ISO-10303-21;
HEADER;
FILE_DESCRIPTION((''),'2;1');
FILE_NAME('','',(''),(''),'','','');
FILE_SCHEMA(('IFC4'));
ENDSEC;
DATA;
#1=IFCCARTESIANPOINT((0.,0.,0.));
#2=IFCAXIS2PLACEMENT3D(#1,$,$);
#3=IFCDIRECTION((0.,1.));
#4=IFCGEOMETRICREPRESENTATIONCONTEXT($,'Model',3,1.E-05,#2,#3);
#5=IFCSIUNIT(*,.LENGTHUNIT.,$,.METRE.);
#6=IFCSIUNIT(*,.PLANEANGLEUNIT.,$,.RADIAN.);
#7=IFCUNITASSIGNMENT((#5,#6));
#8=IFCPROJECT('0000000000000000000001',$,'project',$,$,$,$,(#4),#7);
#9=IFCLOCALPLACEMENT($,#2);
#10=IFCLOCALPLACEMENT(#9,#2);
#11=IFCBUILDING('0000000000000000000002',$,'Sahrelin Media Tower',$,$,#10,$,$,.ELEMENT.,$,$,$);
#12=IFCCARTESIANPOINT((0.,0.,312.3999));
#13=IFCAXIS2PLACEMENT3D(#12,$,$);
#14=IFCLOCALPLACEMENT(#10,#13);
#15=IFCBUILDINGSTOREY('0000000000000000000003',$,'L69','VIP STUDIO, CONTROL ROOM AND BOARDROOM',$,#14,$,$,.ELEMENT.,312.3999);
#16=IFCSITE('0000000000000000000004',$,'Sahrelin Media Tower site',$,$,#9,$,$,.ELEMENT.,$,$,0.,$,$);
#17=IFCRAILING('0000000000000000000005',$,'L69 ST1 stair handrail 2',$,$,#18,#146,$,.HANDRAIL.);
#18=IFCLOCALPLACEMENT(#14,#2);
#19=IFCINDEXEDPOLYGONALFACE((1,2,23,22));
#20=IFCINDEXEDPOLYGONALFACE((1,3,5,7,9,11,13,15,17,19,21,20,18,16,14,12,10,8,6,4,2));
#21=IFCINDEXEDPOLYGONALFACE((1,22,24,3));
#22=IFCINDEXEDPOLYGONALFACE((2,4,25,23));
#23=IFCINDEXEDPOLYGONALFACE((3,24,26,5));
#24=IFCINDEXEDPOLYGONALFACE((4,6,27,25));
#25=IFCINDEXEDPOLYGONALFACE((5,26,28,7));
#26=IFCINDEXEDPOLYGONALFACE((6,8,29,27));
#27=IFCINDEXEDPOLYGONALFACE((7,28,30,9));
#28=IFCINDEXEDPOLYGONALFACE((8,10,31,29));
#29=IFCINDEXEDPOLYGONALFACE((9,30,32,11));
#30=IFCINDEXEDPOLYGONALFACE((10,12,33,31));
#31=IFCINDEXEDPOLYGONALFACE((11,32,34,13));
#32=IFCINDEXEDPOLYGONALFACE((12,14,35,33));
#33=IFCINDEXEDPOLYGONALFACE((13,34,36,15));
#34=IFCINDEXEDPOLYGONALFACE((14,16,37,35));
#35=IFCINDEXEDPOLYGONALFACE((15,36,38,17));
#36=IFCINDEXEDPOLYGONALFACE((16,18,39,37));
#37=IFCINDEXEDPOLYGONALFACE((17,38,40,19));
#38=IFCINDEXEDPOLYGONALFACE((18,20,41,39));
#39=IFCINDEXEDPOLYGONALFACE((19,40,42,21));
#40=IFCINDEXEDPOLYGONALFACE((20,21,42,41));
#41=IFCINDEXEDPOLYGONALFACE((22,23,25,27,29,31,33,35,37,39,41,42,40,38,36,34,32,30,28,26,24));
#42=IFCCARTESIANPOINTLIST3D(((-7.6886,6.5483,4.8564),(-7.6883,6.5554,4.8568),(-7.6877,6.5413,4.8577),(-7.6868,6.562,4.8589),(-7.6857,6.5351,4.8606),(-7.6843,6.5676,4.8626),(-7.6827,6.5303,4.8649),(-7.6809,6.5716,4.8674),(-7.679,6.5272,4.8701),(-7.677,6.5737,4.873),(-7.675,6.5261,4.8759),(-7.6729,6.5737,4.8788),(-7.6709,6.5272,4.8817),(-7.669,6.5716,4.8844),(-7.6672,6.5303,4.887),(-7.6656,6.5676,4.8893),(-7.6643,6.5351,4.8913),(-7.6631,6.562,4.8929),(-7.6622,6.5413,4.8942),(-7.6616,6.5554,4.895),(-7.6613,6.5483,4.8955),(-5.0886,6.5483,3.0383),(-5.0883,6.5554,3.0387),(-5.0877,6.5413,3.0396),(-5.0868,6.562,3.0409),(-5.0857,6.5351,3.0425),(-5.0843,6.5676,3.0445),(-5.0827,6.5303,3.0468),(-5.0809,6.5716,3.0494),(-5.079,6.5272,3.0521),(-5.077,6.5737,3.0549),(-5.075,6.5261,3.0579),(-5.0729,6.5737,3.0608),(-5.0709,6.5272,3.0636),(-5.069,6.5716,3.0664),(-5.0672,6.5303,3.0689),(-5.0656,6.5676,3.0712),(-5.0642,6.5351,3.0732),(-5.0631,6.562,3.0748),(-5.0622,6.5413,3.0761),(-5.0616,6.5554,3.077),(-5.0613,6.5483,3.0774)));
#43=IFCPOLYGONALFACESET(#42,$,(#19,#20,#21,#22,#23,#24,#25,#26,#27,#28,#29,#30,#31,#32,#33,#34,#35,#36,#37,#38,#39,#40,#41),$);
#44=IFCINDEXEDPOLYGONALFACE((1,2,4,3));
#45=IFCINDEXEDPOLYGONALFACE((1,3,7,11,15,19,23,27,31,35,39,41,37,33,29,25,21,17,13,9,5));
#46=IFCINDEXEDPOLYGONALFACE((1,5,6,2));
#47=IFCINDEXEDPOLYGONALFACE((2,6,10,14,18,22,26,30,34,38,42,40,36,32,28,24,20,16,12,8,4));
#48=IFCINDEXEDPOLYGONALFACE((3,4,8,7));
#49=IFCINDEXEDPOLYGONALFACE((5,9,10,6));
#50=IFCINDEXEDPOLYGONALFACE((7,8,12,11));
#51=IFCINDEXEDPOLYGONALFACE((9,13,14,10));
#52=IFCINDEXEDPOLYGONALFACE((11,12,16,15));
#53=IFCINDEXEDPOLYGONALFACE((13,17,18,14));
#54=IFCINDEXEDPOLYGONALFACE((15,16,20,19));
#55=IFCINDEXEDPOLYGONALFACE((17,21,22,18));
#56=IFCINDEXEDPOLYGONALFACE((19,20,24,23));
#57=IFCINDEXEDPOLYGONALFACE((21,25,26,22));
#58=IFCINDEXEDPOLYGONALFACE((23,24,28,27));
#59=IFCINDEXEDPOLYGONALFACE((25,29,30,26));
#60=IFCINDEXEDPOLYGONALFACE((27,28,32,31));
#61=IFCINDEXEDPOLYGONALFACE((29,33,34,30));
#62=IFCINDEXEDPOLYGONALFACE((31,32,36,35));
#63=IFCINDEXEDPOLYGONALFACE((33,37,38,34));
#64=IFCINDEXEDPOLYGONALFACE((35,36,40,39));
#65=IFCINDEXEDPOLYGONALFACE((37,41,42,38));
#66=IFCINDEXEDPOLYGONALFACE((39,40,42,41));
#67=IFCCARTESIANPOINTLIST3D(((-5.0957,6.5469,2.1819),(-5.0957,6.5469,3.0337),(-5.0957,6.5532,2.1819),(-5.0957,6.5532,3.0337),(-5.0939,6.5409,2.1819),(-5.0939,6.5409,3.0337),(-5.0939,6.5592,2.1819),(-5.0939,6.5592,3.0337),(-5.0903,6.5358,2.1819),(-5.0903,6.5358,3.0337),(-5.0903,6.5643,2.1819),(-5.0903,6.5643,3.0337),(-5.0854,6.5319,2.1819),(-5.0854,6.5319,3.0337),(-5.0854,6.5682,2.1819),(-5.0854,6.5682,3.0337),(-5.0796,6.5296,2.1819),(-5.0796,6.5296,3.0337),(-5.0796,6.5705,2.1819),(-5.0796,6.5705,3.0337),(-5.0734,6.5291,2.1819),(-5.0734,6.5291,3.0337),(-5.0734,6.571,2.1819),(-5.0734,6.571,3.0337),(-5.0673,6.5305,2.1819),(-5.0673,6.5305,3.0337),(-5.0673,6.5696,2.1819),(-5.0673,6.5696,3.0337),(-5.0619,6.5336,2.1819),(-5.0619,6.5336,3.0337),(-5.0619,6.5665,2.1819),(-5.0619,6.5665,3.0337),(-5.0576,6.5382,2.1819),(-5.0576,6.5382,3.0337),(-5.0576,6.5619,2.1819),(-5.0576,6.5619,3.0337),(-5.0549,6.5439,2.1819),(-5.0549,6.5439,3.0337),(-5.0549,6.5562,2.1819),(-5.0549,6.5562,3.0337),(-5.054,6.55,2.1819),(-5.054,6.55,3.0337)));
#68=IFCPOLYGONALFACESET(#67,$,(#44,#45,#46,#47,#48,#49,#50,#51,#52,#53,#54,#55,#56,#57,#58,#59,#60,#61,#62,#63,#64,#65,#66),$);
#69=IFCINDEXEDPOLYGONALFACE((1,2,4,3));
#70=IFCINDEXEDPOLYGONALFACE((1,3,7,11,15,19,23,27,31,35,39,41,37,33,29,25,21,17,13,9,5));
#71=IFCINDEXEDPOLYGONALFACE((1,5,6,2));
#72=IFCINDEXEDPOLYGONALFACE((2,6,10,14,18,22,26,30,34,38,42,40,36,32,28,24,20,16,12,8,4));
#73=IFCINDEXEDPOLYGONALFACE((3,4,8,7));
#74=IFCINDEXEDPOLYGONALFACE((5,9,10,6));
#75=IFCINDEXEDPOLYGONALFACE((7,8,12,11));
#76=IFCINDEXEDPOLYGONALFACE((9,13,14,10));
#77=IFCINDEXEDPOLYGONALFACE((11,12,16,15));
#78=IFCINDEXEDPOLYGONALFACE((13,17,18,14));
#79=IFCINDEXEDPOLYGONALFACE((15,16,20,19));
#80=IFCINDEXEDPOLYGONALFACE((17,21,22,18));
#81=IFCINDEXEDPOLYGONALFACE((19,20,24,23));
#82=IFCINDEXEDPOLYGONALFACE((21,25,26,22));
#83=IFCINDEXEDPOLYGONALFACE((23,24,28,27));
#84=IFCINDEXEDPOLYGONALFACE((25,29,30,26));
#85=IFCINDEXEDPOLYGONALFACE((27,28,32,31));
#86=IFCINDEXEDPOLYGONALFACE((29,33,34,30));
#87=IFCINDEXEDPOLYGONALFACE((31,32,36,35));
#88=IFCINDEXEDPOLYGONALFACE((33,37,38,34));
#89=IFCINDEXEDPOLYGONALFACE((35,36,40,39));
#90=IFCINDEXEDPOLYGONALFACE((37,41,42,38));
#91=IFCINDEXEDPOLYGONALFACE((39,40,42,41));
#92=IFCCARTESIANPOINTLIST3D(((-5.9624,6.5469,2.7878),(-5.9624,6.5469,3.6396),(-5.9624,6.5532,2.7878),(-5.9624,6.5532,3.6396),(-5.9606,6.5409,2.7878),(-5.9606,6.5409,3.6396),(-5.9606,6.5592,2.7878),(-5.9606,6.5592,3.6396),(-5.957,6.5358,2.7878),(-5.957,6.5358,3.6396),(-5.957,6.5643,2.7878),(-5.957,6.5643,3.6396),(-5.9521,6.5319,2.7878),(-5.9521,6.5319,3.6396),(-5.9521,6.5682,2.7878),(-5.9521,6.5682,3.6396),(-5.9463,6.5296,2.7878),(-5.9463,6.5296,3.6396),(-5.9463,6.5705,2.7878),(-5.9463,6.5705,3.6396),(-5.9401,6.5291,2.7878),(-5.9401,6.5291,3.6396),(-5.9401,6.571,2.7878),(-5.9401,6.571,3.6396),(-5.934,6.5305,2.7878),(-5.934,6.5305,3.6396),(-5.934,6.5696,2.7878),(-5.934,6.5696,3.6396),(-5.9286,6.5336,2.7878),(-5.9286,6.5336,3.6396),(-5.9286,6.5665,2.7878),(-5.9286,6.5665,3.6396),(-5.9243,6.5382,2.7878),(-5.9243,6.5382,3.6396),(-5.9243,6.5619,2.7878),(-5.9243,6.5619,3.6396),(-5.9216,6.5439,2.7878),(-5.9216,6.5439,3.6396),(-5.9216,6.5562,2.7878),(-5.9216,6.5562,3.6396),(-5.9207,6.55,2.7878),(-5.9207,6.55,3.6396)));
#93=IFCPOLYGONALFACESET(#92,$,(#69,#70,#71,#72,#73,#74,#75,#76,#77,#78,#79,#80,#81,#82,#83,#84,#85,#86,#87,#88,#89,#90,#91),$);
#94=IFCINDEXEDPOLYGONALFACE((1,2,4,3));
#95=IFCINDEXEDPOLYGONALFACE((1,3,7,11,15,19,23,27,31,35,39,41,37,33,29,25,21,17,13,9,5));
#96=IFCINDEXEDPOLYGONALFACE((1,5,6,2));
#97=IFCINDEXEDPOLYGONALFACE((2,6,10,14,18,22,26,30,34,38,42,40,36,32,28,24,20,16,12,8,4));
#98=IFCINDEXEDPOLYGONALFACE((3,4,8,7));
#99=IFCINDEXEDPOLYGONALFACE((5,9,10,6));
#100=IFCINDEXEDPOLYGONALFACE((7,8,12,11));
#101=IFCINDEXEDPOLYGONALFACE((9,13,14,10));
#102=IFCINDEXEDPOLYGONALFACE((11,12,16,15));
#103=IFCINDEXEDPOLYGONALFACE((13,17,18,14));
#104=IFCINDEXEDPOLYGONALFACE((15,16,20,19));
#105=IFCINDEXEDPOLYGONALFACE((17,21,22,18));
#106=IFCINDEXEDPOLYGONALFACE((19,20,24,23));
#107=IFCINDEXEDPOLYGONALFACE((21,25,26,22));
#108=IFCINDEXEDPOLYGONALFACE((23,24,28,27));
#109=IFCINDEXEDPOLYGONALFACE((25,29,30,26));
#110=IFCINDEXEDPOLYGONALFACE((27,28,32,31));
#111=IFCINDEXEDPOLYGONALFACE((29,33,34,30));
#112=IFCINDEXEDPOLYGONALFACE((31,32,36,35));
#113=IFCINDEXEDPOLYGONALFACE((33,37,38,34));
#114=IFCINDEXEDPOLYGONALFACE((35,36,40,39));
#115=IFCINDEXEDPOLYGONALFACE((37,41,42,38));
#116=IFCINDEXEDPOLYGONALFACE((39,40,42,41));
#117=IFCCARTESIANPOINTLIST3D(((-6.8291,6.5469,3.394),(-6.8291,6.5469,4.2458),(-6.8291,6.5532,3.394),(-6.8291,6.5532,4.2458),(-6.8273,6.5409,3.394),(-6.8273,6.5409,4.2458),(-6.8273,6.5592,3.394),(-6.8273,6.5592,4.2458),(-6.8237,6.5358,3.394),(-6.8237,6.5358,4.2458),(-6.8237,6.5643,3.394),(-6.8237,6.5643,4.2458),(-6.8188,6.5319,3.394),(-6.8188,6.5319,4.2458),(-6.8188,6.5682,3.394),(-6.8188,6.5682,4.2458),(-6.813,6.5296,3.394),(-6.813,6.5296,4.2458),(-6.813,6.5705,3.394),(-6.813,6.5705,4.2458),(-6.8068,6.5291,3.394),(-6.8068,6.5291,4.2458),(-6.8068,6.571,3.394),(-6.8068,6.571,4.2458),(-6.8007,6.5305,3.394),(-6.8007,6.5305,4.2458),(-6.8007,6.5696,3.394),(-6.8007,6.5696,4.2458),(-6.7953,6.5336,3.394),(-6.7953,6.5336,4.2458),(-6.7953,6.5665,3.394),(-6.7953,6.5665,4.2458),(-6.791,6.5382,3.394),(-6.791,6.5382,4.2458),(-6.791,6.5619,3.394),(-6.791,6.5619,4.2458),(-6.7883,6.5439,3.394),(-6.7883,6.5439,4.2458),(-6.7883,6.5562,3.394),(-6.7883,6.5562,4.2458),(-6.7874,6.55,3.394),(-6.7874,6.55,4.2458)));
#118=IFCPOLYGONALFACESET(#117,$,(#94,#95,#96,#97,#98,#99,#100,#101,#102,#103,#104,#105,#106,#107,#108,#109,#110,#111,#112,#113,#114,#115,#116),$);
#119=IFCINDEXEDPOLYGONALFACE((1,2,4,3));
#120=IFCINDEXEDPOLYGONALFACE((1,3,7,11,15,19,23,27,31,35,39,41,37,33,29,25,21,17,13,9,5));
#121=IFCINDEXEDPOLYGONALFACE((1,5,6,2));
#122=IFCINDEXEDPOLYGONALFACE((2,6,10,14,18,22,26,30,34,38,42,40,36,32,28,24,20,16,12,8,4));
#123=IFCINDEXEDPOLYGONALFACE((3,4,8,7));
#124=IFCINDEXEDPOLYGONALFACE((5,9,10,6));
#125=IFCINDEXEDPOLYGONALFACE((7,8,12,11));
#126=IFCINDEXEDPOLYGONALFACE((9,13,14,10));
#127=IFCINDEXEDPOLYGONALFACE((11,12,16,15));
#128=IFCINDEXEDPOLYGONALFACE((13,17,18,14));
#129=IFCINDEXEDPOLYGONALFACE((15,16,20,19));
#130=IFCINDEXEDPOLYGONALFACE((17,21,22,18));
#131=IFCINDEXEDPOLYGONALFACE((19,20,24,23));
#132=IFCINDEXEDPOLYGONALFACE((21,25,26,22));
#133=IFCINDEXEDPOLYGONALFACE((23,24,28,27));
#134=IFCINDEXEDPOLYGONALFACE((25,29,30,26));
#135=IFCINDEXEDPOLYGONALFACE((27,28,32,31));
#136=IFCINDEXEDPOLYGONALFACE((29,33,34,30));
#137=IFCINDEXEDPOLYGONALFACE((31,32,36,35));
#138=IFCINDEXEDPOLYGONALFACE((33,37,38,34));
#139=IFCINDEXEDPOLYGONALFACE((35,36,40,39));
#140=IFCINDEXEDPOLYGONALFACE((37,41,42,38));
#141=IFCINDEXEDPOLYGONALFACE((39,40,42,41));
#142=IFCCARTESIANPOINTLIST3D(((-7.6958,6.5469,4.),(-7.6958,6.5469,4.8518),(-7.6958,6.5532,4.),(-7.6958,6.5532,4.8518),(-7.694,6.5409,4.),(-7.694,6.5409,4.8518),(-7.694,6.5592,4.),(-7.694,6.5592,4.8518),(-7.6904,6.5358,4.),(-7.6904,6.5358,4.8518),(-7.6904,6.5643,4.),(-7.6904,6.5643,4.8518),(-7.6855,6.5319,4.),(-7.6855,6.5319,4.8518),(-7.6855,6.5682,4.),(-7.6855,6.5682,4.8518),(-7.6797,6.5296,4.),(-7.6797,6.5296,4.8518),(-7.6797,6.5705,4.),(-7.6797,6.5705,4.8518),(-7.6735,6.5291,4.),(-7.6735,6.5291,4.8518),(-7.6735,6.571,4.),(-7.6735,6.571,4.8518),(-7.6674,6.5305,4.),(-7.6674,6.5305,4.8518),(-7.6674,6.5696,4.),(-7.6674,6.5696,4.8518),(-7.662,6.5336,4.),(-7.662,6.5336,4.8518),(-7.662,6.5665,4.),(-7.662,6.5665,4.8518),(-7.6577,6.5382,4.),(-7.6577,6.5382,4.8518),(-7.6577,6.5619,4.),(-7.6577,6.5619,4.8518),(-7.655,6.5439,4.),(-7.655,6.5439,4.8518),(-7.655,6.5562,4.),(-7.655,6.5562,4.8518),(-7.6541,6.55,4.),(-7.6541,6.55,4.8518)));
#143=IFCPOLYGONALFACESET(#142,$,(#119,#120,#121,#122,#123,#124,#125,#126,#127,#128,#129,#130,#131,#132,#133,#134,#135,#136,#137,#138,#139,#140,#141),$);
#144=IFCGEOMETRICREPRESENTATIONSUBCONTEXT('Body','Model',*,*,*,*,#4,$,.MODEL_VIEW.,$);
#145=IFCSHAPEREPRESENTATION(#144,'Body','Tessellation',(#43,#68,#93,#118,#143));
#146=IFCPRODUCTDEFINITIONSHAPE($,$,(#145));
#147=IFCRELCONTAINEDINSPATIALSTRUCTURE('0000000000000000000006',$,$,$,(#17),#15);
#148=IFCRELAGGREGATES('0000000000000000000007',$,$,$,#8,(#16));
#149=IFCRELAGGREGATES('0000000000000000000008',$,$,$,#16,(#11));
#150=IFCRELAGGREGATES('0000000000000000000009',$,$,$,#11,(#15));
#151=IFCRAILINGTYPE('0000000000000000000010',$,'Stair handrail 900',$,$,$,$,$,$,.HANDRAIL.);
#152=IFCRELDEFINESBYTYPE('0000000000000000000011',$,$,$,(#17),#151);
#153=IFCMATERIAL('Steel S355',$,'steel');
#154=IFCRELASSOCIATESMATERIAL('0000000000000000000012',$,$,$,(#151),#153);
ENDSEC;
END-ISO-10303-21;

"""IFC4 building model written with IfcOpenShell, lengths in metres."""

from ifc_helpers import new_model, si_unit, direction, frame, origin, origin_2d, place, context, subcontext, project, spatial, circle, extrude, material, type_object, element, save


model = new_model("IFC4")

# Units and contexts
model_context = context("Model", 3, precision=1e-05, world=origin(), true_north=direction((0.0, 1.0)))
body_context = subcontext(model_context, "Body", "Model", "MODEL_VIEW")
ifc_project = project(units=[si_unit("LENGTHUNIT", "METRE"), si_unit("PLANEANGLEUNIT", "RADIAN")], contexts=[model_context])

# Site, building, storey
site_placement = place(None, origin())
site = spatial("IfcSite", under=ifc_project, at=site_placement, Name="Sahrelin Media Tower site", CompositionType="ELEMENT", RefElevation=0.0)
building_placement = place(site_placement, origin())
building = spatial("IfcBuilding", under=site, at=building_placement, Name="Sahrelin Media Tower", CompositionType="ELEMENT")
storey_placement = place(building_placement, frame((0.0, 0.0, 312.3999)))
storey = spatial("IfcBuildingStorey", under=building, at=storey_placement, Name="L69", Description="VIP STUDIO, CONTROL ROOM AND BOARDROOM", CompositionType="ELEMENT", Elevation=312.3999)

# Shared definitions
ifc_material_1 = material(Name="Steel S355", Category="steel")

# Railing
railing_type_1 = type_object("IfcRailingType", Name="Stair handrail 900", PredefinedType="HANDRAIL", material=ifc_material_1)
railing_1_placement = place(storey_placement, frame((-5.075, 6.55, 2.1819)))
element("IfcRailing", 1, at=railing_1_placement, inside=storey, type_object=railing_type_1, Name="L69 ST1 stair handrail 2", PredefinedType="HANDRAIL", context=body_context, shape_type="SweptSolid", body=[
    extrude(circle(Radius=0.0239, at=origin_2d()), frame((0.0, 0.0, 0.876), z_axis=(-0.819521, 0.0, 0.573049), x_axis=(0.0, -1.0, 0.0)), (0.0, 0.0, 1.0), 3.1726),
    extrude(circle(Radius=0.021, at=origin_2d()), origin(), (0.0, 0.0, 1.0), 0.8518),
    extrude(circle(Radius=0.021, at=origin_2d()), frame((-0.8667, 0.0, 0.606)), (0.0, 0.0, 1.0), 0.8518),
    extrude(circle(Radius=0.021, at=origin_2d()), frame((-1.7334, 0.0, 1.2122)), (0.0, 0.0, 1.0), 0.8518),
    extrude(circle(Radius=0.021, at=origin_2d()), frame((-2.6001, 0.0, 1.8181)), (0.0, 0.0, 1.0), 0.8518),
])

save(model, "model.ifc")
